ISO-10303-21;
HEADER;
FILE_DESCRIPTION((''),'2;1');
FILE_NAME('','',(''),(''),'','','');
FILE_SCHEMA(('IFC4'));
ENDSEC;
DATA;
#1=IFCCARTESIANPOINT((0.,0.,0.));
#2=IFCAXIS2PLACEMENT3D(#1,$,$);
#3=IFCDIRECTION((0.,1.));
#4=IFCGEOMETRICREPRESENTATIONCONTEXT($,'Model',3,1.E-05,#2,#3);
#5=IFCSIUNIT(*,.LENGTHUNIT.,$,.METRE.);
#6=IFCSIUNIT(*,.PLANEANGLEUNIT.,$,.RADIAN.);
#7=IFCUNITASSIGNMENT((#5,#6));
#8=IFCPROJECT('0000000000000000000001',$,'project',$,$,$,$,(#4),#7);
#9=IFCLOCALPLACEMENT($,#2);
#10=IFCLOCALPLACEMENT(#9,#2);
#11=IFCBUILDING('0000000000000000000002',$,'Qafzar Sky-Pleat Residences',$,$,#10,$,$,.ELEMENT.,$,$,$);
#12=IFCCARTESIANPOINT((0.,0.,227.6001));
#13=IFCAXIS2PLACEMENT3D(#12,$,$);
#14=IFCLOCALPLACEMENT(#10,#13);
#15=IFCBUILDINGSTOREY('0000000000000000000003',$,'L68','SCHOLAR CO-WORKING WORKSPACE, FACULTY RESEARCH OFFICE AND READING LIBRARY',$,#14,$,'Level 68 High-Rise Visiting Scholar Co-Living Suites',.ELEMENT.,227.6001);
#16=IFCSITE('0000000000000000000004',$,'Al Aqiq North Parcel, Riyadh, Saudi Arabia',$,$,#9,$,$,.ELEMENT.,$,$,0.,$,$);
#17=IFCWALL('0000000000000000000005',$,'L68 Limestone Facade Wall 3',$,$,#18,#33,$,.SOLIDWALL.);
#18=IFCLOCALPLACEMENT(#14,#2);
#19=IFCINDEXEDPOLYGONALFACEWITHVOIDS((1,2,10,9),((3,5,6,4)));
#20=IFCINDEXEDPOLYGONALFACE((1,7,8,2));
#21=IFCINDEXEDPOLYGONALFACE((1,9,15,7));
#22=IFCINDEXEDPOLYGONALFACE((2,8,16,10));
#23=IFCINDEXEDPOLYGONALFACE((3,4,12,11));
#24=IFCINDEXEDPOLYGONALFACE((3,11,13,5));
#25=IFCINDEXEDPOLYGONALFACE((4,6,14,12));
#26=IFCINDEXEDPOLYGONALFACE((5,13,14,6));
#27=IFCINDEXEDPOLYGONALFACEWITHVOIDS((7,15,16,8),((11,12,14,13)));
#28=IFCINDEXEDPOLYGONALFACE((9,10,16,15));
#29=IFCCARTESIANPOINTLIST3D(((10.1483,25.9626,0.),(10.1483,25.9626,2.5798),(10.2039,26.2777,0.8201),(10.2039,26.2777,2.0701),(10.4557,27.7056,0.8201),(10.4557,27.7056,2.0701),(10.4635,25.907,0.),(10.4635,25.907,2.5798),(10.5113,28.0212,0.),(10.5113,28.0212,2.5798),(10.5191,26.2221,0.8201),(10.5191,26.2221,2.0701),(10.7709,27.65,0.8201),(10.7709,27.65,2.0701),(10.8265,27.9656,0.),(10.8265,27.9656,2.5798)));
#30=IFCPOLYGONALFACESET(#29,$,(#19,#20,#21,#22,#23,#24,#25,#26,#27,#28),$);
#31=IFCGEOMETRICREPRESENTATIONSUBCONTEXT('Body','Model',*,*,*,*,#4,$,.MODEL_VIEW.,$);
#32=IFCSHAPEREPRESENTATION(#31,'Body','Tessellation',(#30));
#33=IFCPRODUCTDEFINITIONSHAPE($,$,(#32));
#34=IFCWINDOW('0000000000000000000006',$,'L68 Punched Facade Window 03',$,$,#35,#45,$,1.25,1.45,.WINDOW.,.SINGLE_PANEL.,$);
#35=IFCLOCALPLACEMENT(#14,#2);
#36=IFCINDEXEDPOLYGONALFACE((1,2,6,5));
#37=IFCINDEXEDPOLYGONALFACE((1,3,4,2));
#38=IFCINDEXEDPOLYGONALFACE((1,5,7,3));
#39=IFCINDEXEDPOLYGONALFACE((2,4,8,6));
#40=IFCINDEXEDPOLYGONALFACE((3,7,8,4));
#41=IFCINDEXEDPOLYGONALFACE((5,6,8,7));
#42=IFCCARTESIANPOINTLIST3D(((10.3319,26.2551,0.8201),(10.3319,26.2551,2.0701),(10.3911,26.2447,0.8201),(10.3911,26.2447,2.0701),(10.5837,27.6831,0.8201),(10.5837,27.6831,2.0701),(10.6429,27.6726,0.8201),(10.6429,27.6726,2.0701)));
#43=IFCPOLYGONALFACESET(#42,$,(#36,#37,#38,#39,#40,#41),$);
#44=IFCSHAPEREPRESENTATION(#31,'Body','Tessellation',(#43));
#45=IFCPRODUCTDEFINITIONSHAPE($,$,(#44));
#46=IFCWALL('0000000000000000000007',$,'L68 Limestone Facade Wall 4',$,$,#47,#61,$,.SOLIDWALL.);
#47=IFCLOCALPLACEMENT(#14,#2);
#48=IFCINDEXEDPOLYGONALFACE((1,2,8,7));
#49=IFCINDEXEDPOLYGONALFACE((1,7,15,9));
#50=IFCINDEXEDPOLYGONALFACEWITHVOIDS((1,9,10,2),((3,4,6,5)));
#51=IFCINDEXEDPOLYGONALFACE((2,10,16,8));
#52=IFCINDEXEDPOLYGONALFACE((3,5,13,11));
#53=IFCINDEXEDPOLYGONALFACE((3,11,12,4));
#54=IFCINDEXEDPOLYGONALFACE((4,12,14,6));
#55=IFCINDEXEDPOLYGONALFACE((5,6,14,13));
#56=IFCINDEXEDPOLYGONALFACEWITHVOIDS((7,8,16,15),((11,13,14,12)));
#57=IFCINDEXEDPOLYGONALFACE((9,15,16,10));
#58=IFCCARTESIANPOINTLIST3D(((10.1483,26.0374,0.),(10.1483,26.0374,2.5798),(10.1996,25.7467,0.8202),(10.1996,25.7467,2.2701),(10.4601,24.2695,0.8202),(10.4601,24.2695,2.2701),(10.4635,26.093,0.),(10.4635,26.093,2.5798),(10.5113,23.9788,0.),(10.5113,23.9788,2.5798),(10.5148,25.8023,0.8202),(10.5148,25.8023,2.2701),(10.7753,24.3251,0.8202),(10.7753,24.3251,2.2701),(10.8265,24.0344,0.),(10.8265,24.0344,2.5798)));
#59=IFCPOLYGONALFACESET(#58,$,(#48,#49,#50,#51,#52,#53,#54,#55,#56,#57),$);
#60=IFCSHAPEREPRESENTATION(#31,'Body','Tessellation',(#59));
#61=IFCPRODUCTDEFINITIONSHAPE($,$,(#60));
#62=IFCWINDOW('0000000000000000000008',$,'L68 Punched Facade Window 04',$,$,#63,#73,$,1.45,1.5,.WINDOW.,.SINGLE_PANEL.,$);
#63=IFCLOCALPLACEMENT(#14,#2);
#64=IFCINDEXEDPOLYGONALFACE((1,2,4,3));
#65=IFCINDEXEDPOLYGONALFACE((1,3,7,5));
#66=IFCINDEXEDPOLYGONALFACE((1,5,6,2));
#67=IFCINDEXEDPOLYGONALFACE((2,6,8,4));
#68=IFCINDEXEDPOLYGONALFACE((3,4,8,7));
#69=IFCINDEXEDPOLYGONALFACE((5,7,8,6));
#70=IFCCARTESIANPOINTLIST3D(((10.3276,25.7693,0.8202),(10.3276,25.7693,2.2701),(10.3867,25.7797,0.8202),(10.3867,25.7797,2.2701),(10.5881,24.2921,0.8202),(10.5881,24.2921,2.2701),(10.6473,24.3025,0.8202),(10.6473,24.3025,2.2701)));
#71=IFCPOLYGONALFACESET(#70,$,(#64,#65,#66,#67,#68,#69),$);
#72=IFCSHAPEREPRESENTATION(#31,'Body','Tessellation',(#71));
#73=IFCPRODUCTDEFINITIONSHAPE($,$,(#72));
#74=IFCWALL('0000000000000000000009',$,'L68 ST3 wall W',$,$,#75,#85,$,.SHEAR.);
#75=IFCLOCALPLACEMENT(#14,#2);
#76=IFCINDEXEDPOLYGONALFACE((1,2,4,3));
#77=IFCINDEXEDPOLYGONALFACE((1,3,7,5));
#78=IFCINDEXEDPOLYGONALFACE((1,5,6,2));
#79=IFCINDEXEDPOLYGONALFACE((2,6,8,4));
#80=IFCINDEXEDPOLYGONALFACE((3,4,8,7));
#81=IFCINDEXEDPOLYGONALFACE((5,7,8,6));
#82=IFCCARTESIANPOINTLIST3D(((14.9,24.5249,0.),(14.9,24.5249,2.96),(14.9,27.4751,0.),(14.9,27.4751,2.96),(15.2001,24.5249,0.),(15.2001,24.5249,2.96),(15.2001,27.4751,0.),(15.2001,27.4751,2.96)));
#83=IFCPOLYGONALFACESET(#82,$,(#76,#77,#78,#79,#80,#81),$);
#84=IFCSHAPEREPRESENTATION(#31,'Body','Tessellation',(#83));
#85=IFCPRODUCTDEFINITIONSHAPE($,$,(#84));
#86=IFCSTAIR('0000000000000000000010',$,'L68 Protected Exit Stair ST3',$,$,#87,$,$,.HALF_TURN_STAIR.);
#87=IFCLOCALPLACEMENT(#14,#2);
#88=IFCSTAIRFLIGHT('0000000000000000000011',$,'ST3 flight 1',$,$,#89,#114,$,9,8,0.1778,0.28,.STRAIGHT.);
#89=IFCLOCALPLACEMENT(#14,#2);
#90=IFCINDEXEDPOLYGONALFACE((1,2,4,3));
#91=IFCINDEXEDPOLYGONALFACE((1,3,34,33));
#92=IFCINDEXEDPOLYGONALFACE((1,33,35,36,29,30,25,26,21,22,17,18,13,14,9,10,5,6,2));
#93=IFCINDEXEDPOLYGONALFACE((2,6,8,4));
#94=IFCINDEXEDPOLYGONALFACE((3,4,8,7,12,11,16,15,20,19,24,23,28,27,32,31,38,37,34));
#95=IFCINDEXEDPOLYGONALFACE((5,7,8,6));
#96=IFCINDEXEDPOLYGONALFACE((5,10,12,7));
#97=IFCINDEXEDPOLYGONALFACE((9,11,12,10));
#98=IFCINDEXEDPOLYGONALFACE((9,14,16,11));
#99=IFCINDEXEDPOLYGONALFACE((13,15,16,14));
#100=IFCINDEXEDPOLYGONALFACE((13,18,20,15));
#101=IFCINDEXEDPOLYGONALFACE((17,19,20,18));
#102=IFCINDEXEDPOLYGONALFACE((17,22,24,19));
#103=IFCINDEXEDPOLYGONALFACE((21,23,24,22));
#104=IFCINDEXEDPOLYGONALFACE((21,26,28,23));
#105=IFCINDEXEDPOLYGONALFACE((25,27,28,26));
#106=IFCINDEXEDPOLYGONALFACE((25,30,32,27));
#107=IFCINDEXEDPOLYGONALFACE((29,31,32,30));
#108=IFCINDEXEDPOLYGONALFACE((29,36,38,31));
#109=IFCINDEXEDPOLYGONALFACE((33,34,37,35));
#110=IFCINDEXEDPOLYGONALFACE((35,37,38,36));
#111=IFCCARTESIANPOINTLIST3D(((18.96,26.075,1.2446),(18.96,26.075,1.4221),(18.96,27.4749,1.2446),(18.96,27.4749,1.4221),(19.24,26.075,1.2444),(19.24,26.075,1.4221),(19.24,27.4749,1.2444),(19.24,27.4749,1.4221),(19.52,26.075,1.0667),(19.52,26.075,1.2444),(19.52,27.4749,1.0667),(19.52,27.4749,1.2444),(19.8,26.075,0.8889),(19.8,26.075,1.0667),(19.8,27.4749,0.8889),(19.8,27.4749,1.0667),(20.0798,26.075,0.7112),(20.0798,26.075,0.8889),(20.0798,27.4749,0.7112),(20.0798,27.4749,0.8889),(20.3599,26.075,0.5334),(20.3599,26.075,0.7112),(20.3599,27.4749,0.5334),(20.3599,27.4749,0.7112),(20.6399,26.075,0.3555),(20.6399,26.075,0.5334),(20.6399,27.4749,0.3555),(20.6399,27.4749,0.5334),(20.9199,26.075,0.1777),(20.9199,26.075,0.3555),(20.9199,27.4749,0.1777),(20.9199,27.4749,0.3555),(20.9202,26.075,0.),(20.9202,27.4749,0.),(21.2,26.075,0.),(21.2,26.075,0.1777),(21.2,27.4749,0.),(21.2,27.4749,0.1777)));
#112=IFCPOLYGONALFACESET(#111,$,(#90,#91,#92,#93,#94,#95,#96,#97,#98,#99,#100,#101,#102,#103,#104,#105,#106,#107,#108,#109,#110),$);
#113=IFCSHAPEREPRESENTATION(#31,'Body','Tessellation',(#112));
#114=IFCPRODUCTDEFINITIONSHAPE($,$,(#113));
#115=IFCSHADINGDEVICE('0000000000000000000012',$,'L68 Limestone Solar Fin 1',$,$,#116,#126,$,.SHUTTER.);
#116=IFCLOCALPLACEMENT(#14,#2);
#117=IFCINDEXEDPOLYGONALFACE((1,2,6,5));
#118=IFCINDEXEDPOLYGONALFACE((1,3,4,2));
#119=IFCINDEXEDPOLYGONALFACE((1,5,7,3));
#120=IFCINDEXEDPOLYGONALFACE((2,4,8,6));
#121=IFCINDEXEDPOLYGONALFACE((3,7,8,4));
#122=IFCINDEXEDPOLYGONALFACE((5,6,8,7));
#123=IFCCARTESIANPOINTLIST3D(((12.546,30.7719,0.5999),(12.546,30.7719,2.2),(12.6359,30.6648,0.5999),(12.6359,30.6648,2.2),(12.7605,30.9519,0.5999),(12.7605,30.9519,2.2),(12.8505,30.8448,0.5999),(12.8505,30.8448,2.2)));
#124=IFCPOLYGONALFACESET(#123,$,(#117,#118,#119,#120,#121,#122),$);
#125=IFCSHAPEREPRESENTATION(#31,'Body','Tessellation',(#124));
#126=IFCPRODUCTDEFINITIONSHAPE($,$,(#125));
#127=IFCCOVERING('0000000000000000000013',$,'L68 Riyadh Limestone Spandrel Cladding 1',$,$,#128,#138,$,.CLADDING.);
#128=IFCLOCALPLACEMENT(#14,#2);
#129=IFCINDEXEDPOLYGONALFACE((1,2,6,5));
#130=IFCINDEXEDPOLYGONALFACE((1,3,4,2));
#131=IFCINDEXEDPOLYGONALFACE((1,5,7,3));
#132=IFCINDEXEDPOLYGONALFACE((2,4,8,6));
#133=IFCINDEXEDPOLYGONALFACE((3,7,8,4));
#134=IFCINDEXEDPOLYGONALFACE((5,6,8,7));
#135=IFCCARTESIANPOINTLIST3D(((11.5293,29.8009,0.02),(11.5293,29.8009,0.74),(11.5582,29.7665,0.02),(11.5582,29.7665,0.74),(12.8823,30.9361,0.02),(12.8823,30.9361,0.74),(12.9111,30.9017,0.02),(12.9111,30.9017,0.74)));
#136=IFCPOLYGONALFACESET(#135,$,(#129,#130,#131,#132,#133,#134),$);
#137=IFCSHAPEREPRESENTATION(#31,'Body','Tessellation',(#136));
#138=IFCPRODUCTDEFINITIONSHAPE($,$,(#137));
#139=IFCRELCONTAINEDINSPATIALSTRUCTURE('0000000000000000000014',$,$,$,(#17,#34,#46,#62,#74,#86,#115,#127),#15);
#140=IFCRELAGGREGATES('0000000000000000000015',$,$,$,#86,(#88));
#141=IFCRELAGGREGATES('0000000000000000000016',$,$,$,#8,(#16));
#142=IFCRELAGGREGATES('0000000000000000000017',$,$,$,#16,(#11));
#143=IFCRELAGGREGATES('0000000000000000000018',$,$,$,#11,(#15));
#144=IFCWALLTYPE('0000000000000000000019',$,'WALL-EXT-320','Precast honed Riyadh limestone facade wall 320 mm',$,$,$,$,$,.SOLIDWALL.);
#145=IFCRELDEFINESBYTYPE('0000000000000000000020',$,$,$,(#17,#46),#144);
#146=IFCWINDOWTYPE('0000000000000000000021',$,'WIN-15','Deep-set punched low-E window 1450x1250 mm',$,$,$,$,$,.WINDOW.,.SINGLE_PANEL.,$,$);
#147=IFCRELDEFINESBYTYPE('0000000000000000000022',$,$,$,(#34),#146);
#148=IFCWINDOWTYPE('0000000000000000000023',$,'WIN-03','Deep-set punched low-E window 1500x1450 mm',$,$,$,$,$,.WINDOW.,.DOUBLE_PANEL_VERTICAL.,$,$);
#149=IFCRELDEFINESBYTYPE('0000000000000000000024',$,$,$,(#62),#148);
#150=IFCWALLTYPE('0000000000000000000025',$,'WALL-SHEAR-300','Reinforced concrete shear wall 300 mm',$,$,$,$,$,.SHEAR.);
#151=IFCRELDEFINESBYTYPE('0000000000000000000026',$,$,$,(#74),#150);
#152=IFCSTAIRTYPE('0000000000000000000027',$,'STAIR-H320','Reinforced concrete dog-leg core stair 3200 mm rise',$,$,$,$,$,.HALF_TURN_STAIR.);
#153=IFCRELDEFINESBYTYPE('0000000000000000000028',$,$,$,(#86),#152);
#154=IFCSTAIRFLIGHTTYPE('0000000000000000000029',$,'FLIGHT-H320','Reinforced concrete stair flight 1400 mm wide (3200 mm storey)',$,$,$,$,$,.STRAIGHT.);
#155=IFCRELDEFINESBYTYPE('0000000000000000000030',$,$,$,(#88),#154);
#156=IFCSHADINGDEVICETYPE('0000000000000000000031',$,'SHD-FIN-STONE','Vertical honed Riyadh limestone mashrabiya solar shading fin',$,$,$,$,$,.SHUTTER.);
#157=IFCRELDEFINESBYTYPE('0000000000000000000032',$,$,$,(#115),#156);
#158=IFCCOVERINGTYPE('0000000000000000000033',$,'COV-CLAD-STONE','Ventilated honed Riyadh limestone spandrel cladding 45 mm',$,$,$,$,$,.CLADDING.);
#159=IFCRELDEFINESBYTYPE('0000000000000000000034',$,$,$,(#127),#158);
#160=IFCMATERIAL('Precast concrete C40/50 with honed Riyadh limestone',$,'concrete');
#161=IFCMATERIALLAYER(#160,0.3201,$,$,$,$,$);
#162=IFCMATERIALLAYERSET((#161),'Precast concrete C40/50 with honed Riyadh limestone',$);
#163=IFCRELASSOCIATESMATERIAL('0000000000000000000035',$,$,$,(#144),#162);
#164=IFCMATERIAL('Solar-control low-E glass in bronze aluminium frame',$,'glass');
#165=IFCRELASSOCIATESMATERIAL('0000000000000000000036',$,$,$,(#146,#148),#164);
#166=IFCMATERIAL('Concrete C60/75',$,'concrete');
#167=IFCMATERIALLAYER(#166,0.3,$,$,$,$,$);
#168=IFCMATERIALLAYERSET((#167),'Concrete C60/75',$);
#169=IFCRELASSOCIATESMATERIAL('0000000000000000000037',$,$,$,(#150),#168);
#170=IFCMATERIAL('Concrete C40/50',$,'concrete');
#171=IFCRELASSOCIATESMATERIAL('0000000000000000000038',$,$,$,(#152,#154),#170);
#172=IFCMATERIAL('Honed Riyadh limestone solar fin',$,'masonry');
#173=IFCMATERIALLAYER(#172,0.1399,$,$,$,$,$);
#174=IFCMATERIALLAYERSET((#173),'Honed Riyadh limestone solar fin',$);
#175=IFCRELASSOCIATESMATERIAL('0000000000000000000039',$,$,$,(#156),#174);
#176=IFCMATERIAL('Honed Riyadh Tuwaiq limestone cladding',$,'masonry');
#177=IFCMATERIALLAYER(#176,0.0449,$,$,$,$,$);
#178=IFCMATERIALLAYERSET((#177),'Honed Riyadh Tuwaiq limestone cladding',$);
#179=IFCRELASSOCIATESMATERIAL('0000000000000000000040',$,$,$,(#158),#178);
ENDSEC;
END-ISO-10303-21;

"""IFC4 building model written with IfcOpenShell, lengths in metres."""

from ifc_helpers import new_model, si_unit, direction, frame, frame_2d, origin, origin_2d, place, context, subcontext, project, spatial, polyline, rectangle, outline, extrude, source, transform, mapped, material, layer, layer_set, type_object, element, fill, aggregate, save


model = new_model("IFC4")

# Units and contexts
model_context = context("Model", 3, precision=1e-05, world=origin(), true_north=direction((0.0, 1.0)))
body_context = subcontext(model_context, "Body", "Model", "MODEL_VIEW")
ifc_project = project(units=[si_unit("LENGTHUNIT", "METRE"), si_unit("PLANEANGLEUNIT", "RADIAN")], contexts=[model_context])

# Site, building, storey
site_placement = place(None, origin())
site = spatial("IfcSite", under=ifc_project, at=site_placement, Name="Al Aqiq North Parcel, Riyadh, Saudi Arabia", CompositionType="ELEMENT", RefElevation=0.0)
building_placement = place(site_placement, origin())
building = spatial("IfcBuilding", under=site, at=building_placement, Name="Qafzar Sky-Pleat Residences", CompositionType="ELEMENT")
storey_placement = place(building_placement, frame((0.0, 0.0, 227.6001)))
storey = spatial("IfcBuildingStorey", under=building, at=storey_placement, Name="L68", Description="SCHOLAR CO-WORKING WORKSPACE, FACULTY RESEARCH OFFICE AND READING LIBRARY", LongName="Level 68 High-Rise Visiting Scholar Co-Living Suites", CompositionType="ELEMENT", Elevation=227.6001)

# Walls, openings, windows
ifc_material_1 = material(Name="Precast concrete C40/50 with honed Riyadh limestone", Category="concrete")
ifc_layer_1 = layer(ifc_material_1, 0.3201)
ifc_layer_set_1 = layer_set([ifc_layer_1], Name="Precast concrete C40/50 with honed Riyadh limestone")
wall_type_1 = type_object("IfcWallType", Name="WALL-EXT-320", Description="Precast honed Riyadh limestone facade wall 320 mm", PredefinedType="SOLIDWALL", material=ifc_layer_set_1)
ifc_material_2 = material(Name="Solar-control low-E glass in bronze aluminium frame", Category="glass")
wall_1_placement = place(storey_placement, frame((10.6689, 27.9934, 0.0), z_axis=(0.0, 0.0, 1.0), x_axis=(-0.173672, -0.984804, 0.0)))
wall_1 = element("IfcWall", 1, at=wall_1_placement, inside=storey, type_object=wall_type_1, Name="L68 Limestone Facade Wall 3", PredefinedType="SOLIDWALL", context=body_context, shape_type="SweptSolid", body=[
    extrude(rectangle(XDim=2.0903, YDim=0.3201, at=frame_2d((1.0452, 0.0))), origin(), (0.0, 0.0, 1.0), 2.5798),
])
opening_1_placement = place(wall_1_placement, frame((0.3203, 0.0, 0.8201)))
opening_1 = element("IfcOpeningElement", 2, at=opening_1_placement, cuts=wall_1, PredefinedType="OPENING", context=body_context, shape_type="SweptSolid", body=[
    extrude(rectangle(XDim=1.45, YDim=1.25, at=frame_2d((0.7251, 0.625))), frame((0.0, 0.1699, 0.0), z_axis=(0.0, -1.0, 0.0), x_axis=(1.0, 0.0, 0.0)), (0.0, 0.0, 1.0), 0.3401),
])
window_type_1 = type_object("IfcWindowType", Name="WIN-15", Description="Deep-set punched low-E window 1450x1250 mm", PartitioningType="SINGLE_PANEL", PredefinedType="WINDOW", material=ifc_material_2)
shared_shape_1 = source(origin(), body_context, "Body", "SweptSolid", [
    extrude(rectangle(XDim=1.45, YDim=1.25, at=frame_2d((0.7251, 0.625))), frame((0.0, 0.03, 0.0), z_axis=(0.0, -1.0, 0.0), x_axis=(1.0, 0.0, 0.0)), (0.0, 0.0, 1.0), 0.0601),
])
window_1_placement = place(opening_1_placement, origin())
window_1 = element("IfcWindow", 3, at=window_1_placement, inside=storey, type_object=window_type_1, Name="L68 Punched Facade Window 03", OverallHeight=1.25, OverallWidth=1.45, PartitioningType="SINGLE_PANEL", PredefinedType="WINDOW", context=body_context, shape_type="MappedRepresentation", body=[
    mapped(shared_shape_1, transform((0.0, 0.0, 0.0), x_axis=(1.0, 0.0, 0.0), y_axis=(0.0, 1.0, 0.0), z_axis=(0.0, 0.0, 1.0), scale=1.0)),
])
fill(opening_1, window_1)
wall_2_placement = place(storey_placement, frame((10.3059, 26.0652, 0.0), z_axis=(0.0, 0.0, 1.0), x_axis=(0.173672, -0.984804, 0.0)))
wall_2 = element("IfcWall", 4, at=wall_2_placement, inside=storey, type_object=wall_type_1, Name="L68 Limestone Facade Wall 4", PredefinedType="SOLIDWALL", context=body_context, shape_type="SweptSolid", body=[
    extrude(rectangle(XDim=2.0903, YDim=0.3201, at=frame_2d((1.0452, 0.0))), origin(), (0.0, 0.0, 1.0), 2.5798),
])
opening_2_placement = place(wall_2_placement, frame((0.2952, 0.0, 0.8201)))
opening_2 = element("IfcOpeningElement", 5, at=opening_2_placement, cuts=wall_2, PredefinedType="OPENING", context=body_context, shape_type="SweptSolid", body=[
    extrude(rectangle(XDim=1.5, YDim=1.45, at=frame_2d((0.75, 0.7251))), frame((0.0, 0.1699, 0.0), z_axis=(0.0, -1.0, 0.0), x_axis=(1.0, 0.0, 0.0)), (0.0, 0.0, 1.0), 0.3401),
])
window_type_2 = type_object("IfcWindowType", Name="WIN-03", Description="Deep-set punched low-E window 1500x1450 mm", PartitioningType="DOUBLE_PANEL_VERTICAL", PredefinedType="WINDOW", material=ifc_material_2)
shared_shape_2 = source(origin(), body_context, "Body", "SweptSolid", [
    extrude(rectangle(XDim=1.5, YDim=1.45, at=frame_2d((0.75, 0.7251))), frame((0.0, 0.03, 0.0), z_axis=(0.0, -1.0, 0.0), x_axis=(1.0, 0.0, 0.0)), (0.0, 0.0, 1.0), 0.0601),
])
window_2_placement = place(opening_2_placement, origin())
window_2 = element("IfcWindow", 6, at=window_2_placement, inside=storey, type_object=window_type_2, Name="L68 Punched Facade Window 04", OverallHeight=1.45, OverallWidth=1.5, PartitioningType="SINGLE_PANEL", PredefinedType="WINDOW", context=body_context, shape_type="MappedRepresentation", body=[
    mapped(shared_shape_2, transform((0.0, 0.0, 0.0), x_axis=(1.0, 0.0, 0.0), y_axis=(0.0, 1.0, 0.0), z_axis=(0.0, 0.0, 1.0), scale=1.0)),
])
fill(opening_2, window_2)

# Wall
ifc_material_3 = material(Name="Concrete C60/75", Category="concrete")
ifc_layer_2 = layer(ifc_material_3, 0.3)
ifc_layer_set_2 = layer_set([ifc_layer_2], Name="Concrete C60/75")
wall_type_2 = type_object("IfcWallType", Name="WALL-SHEAR-300", Description="Reinforced concrete shear wall 300 mm", PredefinedType="SHEAR", material=ifc_layer_set_2)
wall_3_placement = place(storey_placement, frame((15.05, 27.4751, 0.0), z_axis=(0.0, 0.0, 1.0), x_axis=(0.0, -1.0, 0.0)))
element("IfcWall", 7, at=wall_3_placement, inside=storey, type_object=wall_type_2, Name="L68 ST3 wall W", PredefinedType="SHEAR", context=body_context, shape_type="SweptSolid", body=[
    extrude(rectangle(XDim=2.9502, YDim=0.3, at=frame_2d((1.4751, 0.0))), origin(), (0.0, 0.0, 1.0), 2.96),
])

# Stair, stair flight
ifc_material_4 = material(Name="Concrete C40/50", Category="concrete")
stair_type = type_object("IfcStairType", Name="STAIR-H320", Description="Reinforced concrete dog-leg core stair 3200 mm rise", PredefinedType="HALF_TURN_STAIR", material=ifc_material_4)
stair_placement = place(storey_placement, origin())
stair = element("IfcStair", 8, at=stair_placement, inside=storey, type_object=stair_type, Name="L68 Protected Exit Stair ST3", PredefinedType="HALF_TURN_STAIR")
stair_flight_type = type_object("IfcStairFlightType", Name="FLIGHT-H320", Description="Reinforced concrete stair flight 1400 mm wide (3200 mm storey)", PredefinedType="STRAIGHT", material=ifc_material_4)
shared_shape_3 = source(origin(), body_context, "Body", "SweptSolid", [
    extrude(outline(polyline([(0.0, 0.0), (0.0, 0.1777), (0.28, 0.1777), (0.28, 0.3555), (0.5601, 0.3555), (0.5601, 0.5334), (0.8401, 0.5334), (0.8401, 0.7112), (1.1201, 0.7112), (1.1201, 0.8889), (1.3999, 0.8889), (1.3999, 1.0667), (1.6799, 1.0667), (1.6799, 1.2444), (1.96, 1.2444), (1.96, 1.4221), (2.24, 1.4221), (2.24, 1.6001), (2.24, 1.2446), (0.2798, 0.0), (0.0, 0.0)])), frame((0.0, 0.7, 0.0), z_axis=(0.0, -1.0, 0.0), x_axis=(1.0, 0.0, 0.0)), (0.0, 0.0, 1.0), 1.3999),
])
stair_flight_placement = place(storey_placement, frame((21.2, 26.7749, 0.0), z_axis=(0.0, 0.0, 1.0), x_axis=(-1.0, 0.0, 0.0)))
stair_flight = element("IfcStairFlight", 9, at=stair_flight_placement, type_object=stair_flight_type, Name="ST3 flight 1", NumberOfRisers=9, NumberOfTreads=8, PredefinedType="STRAIGHT", RiserHeight=0.1778, TreadLength=0.28, context=body_context, shape_type="MappedRepresentation", body=[
    mapped(shared_shape_3, transform((0.0, 0.0, 0.0), x_axis=(1.0, 0.0, 0.0), y_axis=(0.0, 1.0, 0.0), z_axis=(0.0, 0.0, 1.0), scale=1.0)),
])
aggregate(stair, [stair_flight])

# Shading device
ifc_material_5 = material(Name="Honed Riyadh limestone solar fin", Category="masonry")
ifc_layer_3 = layer(ifc_material_5, 0.1399)
ifc_layer_set_3 = layer_set([ifc_layer_3], Name="Honed Riyadh limestone solar fin")
shading_device_type = type_object("IfcShadingDeviceType", Name="SHD-FIN-STONE", Description="Vertical honed Riyadh limestone mashrabiya solar shading fin", PredefinedType="SHUTTER", material=ifc_layer_set_3)
shared_shape_4 = source(origin(), body_context, "Body", "SweptSolid", [
    extrude(rectangle(XDim=0.1399, YDim=0.28, at=origin_2d()), origin(), (0.0, 0.0, 1.0), 1.6001),
])
shading_device_placement = place(storey_placement, frame((12.6982, 30.8083, 0.5999), z_axis=(0.0, 0.0, 1.0), x_axis=(-0.642754, 0.766072, 0.0)))
element("IfcShadingDevice", 10, at=shading_device_placement, inside=storey, type_object=shading_device_type, Name="L68 Limestone Solar Fin 1", PredefinedType="SHUTTER", context=body_context, shape_type="MappedRepresentation", body=[
    mapped(shared_shape_4, transform((0.0, 0.0, 0.0), x_axis=(1.0, 0.0, 0.0), y_axis=(0.0, 1.0, 0.0), z_axis=(0.0, 0.0, 1.0), scale=1.0)),
])

# Covering
ifc_material_6 = material(Name="Honed Riyadh Tuwaiq limestone cladding", Category="masonry")
ifc_layer_4 = layer(ifc_material_6, 0.0449)
ifc_layer_set_4 = layer_set([ifc_layer_4], Name="Honed Riyadh Tuwaiq limestone cladding")
covering_type = type_object("IfcCoveringType", Name="COV-CLAD-STONE", Description="Ventilated honed Riyadh limestone spandrel cladding 45 mm", PredefinedType="CLADDING", material=ifc_layer_set_4)
shared_shape_5 = source(origin(), body_context, "Body", "SweptSolid", [
    extrude(rectangle(XDim=1.7661, YDim=0.0449, at=origin_2d()), origin(), (0.0, 0.0, 1.0), 0.72),
])
covering_placement = place(storey_placement, frame((12.2202, 30.3513, 0.02), z_axis=(0.0, 0.0, 1.0), x_axis=(-0.766074, -0.642752, 0.0)))
element("IfcCovering", 11, at=covering_placement, inside=storey, type_object=covering_type, Name="L68 Riyadh Limestone Spandrel Cladding 1", PredefinedType="CLADDING", context=body_context, shape_type="MappedRepresentation", body=[
    mapped(shared_shape_5, transform((0.0, 0.0, 0.0), x_axis=(1.0, 0.0, 0.0), y_axis=(0.0, 1.0, 0.0), z_axis=(0.0, 0.0, 1.0), scale=1.0)),
])

save(model, "model.ifc")
